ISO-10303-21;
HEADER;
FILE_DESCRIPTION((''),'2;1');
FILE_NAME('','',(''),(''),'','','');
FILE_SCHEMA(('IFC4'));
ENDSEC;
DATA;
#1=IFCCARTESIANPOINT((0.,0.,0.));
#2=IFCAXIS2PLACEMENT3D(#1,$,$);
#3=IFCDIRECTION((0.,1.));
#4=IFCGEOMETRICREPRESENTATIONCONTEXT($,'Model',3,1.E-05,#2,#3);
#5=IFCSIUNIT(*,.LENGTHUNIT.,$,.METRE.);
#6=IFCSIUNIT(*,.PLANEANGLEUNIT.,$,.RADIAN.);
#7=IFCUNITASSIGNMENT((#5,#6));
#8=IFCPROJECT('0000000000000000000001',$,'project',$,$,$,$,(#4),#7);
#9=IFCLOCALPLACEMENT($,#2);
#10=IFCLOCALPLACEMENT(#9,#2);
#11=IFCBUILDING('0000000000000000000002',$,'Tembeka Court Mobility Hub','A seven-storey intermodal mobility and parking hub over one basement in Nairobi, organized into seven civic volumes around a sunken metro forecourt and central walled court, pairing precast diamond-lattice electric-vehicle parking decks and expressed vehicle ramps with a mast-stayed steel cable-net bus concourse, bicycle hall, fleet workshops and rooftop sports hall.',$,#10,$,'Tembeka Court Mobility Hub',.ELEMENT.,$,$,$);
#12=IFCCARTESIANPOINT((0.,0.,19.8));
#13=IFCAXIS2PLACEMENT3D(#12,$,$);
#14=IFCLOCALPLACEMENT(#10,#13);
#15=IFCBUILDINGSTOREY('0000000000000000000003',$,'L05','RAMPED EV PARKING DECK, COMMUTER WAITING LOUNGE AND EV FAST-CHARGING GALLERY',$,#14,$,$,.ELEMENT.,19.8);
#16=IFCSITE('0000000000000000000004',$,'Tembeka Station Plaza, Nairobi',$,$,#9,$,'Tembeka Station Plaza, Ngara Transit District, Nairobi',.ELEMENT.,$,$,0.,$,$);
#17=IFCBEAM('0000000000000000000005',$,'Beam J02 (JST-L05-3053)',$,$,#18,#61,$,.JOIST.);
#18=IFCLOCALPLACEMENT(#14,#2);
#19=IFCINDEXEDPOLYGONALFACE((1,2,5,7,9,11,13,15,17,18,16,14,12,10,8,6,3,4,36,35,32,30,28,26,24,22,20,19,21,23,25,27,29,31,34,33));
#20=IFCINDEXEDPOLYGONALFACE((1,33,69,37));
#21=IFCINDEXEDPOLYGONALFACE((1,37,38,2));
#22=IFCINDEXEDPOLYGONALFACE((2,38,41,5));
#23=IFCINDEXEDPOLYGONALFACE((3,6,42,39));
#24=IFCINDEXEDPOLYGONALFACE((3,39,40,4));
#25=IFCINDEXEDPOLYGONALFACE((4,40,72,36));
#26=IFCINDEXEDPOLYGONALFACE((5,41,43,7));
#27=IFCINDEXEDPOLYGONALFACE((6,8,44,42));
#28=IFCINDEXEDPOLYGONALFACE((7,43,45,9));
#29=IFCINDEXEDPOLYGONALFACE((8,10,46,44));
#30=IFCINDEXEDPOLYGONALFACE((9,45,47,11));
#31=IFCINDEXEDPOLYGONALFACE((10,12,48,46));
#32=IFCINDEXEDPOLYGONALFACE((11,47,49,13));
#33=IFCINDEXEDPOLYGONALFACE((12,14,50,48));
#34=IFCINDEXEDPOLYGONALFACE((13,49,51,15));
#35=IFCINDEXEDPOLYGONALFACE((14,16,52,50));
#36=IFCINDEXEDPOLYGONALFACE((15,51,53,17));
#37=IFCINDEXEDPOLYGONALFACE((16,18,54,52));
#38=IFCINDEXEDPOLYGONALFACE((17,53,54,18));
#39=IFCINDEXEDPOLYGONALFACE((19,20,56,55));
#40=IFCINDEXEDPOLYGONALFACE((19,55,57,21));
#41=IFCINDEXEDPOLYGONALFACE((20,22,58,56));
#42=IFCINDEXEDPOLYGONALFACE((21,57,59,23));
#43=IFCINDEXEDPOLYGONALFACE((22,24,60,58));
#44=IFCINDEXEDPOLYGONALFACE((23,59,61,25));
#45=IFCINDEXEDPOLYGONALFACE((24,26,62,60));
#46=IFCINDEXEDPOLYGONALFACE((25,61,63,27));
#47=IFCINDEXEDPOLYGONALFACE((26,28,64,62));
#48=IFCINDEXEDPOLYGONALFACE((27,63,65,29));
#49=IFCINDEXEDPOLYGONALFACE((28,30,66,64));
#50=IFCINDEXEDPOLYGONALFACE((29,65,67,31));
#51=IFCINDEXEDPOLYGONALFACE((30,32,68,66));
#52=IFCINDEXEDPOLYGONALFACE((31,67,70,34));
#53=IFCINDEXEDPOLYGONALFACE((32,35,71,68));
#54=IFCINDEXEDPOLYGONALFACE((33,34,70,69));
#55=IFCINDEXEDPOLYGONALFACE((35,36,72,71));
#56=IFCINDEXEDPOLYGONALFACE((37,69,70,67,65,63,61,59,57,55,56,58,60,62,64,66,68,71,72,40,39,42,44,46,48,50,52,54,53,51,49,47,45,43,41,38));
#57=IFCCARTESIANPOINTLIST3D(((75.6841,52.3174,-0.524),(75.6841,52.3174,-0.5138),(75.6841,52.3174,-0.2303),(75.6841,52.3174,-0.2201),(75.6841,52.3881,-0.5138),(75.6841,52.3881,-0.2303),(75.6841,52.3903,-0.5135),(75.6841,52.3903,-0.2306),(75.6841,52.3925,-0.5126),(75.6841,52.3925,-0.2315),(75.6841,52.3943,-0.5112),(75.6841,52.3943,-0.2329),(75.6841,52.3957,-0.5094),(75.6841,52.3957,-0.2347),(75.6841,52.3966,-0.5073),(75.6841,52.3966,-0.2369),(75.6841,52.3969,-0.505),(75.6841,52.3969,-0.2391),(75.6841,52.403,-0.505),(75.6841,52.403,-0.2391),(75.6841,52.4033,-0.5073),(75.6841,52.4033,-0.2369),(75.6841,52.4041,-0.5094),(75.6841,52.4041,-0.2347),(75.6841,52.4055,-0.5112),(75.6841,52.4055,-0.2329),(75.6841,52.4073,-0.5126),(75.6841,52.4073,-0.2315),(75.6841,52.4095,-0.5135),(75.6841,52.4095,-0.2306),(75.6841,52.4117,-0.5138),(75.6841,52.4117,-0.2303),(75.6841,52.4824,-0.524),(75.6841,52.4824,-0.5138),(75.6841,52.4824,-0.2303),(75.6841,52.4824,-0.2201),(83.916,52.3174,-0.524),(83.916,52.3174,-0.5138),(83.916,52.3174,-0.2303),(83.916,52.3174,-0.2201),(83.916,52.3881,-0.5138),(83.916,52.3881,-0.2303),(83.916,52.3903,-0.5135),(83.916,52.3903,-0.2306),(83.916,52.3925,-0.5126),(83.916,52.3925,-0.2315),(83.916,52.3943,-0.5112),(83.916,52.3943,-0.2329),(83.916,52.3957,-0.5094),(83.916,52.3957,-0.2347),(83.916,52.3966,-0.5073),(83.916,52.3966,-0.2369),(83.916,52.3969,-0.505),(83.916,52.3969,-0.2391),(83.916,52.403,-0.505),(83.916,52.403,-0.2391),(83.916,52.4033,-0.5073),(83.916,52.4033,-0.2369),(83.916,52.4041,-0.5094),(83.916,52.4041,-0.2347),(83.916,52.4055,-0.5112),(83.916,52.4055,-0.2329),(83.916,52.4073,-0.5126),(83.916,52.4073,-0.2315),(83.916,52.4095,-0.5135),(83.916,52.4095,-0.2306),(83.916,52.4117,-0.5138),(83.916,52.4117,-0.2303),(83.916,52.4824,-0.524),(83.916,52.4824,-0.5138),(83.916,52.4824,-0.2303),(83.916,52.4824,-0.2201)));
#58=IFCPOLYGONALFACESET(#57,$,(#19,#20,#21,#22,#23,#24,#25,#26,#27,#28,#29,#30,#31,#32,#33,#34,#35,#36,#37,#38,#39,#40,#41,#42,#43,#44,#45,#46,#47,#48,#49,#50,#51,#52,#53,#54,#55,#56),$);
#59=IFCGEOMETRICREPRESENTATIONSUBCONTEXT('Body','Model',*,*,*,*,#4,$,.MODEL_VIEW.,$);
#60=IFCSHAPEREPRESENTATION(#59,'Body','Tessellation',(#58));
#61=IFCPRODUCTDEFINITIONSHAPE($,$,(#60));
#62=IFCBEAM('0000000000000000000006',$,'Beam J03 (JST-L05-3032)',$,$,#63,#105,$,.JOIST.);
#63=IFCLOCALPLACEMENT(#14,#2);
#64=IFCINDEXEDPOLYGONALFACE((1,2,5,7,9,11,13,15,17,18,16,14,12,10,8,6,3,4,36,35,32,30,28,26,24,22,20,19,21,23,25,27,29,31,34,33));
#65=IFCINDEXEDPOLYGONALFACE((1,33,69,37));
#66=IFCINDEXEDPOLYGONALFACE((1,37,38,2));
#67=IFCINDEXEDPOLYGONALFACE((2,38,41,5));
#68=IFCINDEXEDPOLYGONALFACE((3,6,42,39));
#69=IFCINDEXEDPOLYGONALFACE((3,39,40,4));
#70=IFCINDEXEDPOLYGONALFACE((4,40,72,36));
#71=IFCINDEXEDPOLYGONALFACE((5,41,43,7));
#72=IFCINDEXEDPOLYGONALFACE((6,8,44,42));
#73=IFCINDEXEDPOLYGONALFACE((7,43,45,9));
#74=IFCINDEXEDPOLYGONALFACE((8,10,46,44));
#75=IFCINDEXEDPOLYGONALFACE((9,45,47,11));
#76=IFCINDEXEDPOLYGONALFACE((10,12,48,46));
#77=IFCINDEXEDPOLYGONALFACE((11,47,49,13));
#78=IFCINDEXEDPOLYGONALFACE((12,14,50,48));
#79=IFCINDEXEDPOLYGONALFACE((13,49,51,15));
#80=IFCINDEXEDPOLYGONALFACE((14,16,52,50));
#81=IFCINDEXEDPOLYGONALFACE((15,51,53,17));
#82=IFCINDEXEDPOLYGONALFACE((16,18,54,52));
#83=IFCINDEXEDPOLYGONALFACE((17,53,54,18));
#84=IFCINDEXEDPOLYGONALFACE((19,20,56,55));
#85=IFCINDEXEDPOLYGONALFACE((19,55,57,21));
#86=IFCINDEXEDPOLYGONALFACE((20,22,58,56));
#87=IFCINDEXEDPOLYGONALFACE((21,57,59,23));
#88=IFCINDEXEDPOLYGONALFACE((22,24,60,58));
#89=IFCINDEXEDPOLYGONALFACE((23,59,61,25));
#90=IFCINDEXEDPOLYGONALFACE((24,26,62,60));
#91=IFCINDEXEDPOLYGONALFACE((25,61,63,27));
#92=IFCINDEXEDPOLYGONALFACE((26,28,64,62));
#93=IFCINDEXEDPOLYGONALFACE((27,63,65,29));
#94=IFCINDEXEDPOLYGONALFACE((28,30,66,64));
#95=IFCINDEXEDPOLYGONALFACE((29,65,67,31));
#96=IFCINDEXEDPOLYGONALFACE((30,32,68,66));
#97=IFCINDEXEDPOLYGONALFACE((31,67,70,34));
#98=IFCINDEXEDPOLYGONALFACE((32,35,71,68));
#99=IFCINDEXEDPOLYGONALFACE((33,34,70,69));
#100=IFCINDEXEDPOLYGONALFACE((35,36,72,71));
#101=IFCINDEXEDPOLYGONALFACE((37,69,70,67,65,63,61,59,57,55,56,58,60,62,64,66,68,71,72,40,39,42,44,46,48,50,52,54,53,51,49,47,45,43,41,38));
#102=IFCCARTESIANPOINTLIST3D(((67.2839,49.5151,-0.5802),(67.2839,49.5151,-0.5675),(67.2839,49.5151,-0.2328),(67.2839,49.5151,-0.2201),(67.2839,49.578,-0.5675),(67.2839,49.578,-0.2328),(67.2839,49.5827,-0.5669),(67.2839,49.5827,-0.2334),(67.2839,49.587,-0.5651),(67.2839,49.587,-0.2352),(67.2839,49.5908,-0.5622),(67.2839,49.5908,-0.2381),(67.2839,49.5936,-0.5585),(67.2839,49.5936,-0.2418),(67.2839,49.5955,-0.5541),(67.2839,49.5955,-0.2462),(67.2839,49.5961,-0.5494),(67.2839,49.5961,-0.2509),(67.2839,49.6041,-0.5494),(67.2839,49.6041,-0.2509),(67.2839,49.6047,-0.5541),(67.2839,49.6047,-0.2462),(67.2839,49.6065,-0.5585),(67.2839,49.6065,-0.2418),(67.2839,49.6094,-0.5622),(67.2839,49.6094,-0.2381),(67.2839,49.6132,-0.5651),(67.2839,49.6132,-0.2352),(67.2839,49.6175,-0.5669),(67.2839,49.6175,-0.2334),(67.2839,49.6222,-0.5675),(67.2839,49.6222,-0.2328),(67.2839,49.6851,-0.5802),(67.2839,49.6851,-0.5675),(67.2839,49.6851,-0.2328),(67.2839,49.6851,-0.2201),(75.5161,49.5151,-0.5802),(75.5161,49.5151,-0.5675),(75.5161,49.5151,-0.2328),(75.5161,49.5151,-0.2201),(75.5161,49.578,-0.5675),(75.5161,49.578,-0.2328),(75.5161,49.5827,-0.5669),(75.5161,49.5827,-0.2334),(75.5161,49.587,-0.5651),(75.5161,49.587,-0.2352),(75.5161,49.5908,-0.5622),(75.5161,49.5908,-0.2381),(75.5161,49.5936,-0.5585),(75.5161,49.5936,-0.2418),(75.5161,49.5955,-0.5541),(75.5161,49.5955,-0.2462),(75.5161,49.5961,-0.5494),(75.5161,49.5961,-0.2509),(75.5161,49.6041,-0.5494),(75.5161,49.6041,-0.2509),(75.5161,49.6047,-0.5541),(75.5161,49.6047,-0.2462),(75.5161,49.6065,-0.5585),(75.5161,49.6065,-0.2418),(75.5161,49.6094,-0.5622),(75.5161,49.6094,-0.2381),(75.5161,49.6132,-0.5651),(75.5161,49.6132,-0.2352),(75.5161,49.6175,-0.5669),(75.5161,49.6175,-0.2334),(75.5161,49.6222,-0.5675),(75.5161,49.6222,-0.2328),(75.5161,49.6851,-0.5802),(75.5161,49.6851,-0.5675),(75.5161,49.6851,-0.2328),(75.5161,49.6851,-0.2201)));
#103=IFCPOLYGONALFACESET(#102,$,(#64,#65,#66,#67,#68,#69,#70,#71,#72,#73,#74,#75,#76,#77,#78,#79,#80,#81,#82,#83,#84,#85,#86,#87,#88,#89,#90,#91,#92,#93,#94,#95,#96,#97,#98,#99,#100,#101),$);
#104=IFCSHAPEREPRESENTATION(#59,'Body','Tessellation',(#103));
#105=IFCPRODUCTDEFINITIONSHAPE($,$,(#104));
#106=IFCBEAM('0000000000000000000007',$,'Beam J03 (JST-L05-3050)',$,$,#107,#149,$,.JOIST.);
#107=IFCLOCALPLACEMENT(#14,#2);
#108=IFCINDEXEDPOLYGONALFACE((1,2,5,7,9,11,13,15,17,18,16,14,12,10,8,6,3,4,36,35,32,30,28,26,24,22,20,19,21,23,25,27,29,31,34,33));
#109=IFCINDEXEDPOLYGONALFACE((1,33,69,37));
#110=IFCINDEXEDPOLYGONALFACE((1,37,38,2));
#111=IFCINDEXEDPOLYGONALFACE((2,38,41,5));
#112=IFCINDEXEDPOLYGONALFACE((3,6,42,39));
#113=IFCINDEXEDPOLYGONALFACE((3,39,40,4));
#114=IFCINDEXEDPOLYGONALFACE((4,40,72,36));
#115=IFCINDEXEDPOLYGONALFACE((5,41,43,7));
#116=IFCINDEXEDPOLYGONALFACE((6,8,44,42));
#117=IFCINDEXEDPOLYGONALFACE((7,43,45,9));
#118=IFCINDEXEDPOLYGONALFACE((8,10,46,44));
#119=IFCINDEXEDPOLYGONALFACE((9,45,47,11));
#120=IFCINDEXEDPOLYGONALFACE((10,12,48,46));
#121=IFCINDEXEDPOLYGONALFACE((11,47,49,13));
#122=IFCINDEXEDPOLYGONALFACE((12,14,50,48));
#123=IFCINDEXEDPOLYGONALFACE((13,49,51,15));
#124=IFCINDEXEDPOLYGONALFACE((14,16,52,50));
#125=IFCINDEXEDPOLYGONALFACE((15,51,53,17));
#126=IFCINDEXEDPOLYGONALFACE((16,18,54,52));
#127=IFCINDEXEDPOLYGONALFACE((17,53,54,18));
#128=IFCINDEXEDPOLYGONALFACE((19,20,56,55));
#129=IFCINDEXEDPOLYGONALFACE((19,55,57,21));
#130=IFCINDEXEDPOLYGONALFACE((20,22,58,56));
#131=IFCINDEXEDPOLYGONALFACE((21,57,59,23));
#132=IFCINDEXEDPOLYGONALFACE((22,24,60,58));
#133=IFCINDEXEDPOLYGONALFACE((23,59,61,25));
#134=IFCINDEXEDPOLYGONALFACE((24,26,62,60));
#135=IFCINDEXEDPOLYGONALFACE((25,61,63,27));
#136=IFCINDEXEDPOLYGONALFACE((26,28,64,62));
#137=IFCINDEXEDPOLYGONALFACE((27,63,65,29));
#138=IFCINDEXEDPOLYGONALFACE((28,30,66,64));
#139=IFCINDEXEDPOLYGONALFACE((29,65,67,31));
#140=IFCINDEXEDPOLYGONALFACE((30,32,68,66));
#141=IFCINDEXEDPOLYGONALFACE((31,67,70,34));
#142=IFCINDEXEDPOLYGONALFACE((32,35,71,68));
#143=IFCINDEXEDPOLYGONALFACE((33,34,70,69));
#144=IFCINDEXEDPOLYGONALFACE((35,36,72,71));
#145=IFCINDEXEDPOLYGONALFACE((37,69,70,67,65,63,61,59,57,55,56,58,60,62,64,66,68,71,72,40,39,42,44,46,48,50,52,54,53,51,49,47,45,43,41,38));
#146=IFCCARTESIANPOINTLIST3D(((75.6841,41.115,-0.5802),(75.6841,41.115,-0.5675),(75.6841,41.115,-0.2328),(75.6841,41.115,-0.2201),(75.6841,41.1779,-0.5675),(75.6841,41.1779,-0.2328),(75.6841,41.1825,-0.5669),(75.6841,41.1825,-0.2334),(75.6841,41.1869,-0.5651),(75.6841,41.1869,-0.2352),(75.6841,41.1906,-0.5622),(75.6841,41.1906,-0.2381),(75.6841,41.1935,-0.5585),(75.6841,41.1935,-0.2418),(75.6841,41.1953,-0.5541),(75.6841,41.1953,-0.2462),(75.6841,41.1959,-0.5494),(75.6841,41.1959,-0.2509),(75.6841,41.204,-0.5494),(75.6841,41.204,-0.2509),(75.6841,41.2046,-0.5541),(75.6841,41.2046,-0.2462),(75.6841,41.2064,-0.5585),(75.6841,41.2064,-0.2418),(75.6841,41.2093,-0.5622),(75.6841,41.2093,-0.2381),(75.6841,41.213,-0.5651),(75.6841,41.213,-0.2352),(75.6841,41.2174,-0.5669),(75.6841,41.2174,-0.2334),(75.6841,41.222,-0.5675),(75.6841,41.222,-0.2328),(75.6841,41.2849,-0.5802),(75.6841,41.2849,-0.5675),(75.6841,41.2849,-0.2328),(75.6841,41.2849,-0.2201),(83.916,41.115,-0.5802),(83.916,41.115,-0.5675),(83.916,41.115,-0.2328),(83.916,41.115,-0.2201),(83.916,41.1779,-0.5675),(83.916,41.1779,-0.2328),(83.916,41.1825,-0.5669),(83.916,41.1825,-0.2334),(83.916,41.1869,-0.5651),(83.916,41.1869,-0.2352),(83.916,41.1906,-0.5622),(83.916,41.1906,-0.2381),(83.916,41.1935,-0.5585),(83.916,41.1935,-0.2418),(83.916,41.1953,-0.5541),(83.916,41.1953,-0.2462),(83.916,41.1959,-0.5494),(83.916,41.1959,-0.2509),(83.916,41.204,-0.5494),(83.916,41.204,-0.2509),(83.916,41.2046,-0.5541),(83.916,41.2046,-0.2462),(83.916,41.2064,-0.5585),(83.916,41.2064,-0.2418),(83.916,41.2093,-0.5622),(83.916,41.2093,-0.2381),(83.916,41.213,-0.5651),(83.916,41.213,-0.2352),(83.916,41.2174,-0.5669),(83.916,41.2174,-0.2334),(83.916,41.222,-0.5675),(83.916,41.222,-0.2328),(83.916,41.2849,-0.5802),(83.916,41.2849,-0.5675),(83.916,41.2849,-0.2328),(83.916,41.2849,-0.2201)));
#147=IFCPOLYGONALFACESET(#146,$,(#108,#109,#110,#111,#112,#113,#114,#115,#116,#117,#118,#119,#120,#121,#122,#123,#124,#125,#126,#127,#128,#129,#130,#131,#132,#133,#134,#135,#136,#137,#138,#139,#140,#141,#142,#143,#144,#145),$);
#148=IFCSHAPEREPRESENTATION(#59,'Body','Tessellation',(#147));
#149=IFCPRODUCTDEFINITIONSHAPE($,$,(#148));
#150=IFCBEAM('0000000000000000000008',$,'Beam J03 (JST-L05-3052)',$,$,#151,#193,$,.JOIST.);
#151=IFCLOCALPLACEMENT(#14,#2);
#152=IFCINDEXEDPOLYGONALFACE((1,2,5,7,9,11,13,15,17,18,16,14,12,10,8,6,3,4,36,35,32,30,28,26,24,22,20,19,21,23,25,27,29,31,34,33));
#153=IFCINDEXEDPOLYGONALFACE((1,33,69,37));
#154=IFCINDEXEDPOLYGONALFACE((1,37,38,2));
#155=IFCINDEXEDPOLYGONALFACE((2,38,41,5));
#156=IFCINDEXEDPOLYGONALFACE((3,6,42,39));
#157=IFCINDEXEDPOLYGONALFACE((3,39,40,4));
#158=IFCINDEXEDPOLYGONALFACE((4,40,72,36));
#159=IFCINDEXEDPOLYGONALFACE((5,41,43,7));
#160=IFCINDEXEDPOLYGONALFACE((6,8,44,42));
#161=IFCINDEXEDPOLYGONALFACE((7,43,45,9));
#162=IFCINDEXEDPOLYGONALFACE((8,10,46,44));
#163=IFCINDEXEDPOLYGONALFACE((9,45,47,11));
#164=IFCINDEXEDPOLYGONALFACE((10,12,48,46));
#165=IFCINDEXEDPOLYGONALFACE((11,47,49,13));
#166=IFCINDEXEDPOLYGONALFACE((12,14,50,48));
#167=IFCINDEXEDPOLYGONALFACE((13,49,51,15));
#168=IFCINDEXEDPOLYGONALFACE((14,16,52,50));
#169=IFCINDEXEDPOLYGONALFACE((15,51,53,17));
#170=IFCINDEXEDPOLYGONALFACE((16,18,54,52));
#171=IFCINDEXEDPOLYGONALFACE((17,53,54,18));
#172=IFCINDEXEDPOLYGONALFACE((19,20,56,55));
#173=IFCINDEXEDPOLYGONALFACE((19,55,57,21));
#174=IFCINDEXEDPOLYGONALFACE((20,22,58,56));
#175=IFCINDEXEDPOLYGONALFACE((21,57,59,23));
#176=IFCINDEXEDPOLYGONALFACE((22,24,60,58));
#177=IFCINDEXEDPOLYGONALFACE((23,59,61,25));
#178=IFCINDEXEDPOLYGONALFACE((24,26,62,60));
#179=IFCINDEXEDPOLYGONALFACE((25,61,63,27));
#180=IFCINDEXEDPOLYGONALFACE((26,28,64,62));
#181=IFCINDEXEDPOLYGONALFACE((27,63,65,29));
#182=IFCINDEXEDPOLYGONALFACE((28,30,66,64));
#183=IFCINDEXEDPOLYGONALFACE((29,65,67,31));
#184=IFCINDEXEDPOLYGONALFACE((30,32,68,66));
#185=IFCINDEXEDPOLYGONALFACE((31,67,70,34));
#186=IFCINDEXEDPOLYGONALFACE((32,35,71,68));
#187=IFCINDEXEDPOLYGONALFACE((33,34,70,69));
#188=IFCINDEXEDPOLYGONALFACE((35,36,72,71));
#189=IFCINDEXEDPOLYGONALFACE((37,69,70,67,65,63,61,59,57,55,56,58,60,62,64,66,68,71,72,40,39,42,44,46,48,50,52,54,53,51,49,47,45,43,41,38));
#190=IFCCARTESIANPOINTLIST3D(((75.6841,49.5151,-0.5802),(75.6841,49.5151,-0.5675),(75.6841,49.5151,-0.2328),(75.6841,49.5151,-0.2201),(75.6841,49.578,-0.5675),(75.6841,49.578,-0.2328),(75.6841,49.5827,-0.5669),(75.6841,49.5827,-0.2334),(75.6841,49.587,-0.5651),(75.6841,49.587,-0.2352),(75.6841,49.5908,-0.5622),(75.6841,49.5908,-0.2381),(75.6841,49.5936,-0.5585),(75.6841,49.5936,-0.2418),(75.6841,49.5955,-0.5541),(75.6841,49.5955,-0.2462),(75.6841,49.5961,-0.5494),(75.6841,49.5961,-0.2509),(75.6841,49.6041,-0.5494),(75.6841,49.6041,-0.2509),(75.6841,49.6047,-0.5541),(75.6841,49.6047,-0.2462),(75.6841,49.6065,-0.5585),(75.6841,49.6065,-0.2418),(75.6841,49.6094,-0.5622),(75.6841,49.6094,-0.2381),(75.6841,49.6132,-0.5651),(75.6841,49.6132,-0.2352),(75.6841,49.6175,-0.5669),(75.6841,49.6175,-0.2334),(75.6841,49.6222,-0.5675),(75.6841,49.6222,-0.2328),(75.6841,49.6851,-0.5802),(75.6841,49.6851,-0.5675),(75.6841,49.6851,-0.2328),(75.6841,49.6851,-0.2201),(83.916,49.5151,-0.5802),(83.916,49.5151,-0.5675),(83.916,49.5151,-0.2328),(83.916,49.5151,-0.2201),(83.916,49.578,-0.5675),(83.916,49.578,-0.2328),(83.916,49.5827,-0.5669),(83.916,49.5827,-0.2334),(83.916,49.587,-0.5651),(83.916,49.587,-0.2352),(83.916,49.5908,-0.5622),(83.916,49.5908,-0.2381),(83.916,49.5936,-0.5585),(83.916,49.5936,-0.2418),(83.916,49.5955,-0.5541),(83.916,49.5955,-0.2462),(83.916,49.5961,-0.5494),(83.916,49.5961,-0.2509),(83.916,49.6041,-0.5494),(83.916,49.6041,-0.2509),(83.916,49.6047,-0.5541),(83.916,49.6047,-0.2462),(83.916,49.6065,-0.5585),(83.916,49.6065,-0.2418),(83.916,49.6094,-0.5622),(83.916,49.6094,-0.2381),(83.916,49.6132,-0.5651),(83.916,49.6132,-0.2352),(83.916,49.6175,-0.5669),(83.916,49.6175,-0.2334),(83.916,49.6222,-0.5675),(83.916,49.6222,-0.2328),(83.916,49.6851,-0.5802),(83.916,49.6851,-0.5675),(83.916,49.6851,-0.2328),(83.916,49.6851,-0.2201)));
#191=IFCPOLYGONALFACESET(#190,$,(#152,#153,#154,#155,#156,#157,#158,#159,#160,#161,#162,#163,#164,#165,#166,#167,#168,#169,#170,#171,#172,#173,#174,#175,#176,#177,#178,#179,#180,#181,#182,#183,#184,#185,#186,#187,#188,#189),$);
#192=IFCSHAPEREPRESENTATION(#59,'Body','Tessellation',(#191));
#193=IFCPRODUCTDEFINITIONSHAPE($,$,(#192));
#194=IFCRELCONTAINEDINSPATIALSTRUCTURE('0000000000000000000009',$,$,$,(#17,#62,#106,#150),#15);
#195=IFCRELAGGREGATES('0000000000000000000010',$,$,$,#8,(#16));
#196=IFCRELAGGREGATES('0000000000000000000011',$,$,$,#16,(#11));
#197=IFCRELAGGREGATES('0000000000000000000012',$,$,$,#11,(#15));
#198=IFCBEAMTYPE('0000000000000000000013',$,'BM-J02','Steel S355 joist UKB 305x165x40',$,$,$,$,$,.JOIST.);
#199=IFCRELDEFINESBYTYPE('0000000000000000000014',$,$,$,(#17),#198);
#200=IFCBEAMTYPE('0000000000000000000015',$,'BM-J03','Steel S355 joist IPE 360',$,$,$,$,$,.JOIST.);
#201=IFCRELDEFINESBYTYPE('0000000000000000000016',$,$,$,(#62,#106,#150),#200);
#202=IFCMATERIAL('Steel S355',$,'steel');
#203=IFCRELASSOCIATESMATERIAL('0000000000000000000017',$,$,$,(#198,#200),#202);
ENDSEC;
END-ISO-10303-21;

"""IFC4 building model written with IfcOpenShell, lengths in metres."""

from ifc_helpers import new_model, si_unit, direction, frame, origin, origin_2d, place, context, subcontext, project, spatial, i_section, extrude, material, material_profile, profile_set, type_object, element, save


model = new_model("IFC4")

# Units and contexts
model_context = context("Model", 3, precision=1e-05, world=origin(), true_north=direction((0.0, 1.0)))
body_context = subcontext(model_context, "Body", "Model", "MODEL_VIEW")
ifc_project = project(units=[si_unit("LENGTHUNIT", "METRE"), si_unit("PLANEANGLEUNIT", "RADIAN")], contexts=[model_context])

# Site, building, storey
site_placement = place(None, origin())
site = spatial("IfcSite", under=ifc_project, at=site_placement, Name="Tembeka Station Plaza, Nairobi", LongName="Tembeka Station Plaza, Ngara Transit District, Nairobi", CompositionType="ELEMENT", RefElevation=0.0)
building_placement = place(site_placement, origin())
building = spatial("IfcBuilding", under=site, at=building_placement, Name="Tembeka Court Mobility Hub", Description="A seven-storey intermodal mobility and parking hub over one basement in Nairobi, organized into seven civic volumes around a sunken metro forecourt and central walled court, pairing precast diamond-lattice electric-vehicle parking decks and expressed vehicle ramps with a mast-stayed steel cable-net bus concourse, bicycle hall, fleet workshops and rooftop sports hall.", LongName="Tembeka Court Mobility Hub", CompositionType="ELEMENT")
storey_placement = place(building_placement, frame((0.0, 0.0, 19.8)))
storey = spatial("IfcBuildingStorey", under=building, at=storey_placement, Name="L05", Description="RAMPED EV PARKING DECK, COMMUTER WAITING LOUNGE AND EV FAST-CHARGING GALLERY", CompositionType="ELEMENT", Elevation=19.8)

# Shared definitions
ifc_material_1 = material(Name="Steel S355", Category="steel")

# Beams
ifc_material_profile_1 = material_profile(ifc_material_1, i_section(OverallWidth=0.165, OverallDepth=0.304, WebThickness=0.0061, FlangeThickness=0.0103, FilletRadius=0.0088, at=origin_2d()), Name="UKB 305x165x40")
ifc_profile_set_1 = profile_set([ifc_material_profile_1], Name="Steel S355")
beam_type_1 = type_object("IfcBeamType", Name="BM-J02", Description="Steel S355 joist UKB 305x165x40", PredefinedType="JOIST", material=ifc_profile_set_1)
for number, where, z_axis, x_axis, name in (
    (1, (75.6841, 52.3999, -0.3721), (1.0, 0.0, 0.0), (0.0, 1.0, 0.0), "Beam J02 (JST-L05-3053)"),
):
    element("IfcBeam", number, at=place(storey_placement, frame(where, z_axis=z_axis, x_axis=x_axis)), inside=storey, type_object=beam_type_1, Name=name, PredefinedType="JOIST", context=body_context, shape_type="SweptSolid", body=[
        extrude(i_section(OverallWidth=0.165, OverallDepth=0.304, WebThickness=0.0061, FlangeThickness=0.0103, FilletRadius=0.0088, at=origin_2d()), origin(), (0.0, 0.0, 1.0), 8.2319),
    ])
ifc_material_profile_2 = material_profile(ifc_material_1, i_section(OverallWidth=0.1699, OverallDepth=0.3601, WebThickness=0.0081, FlangeThickness=0.0127, FilletRadius=0.0181, at=origin_2d()), Name="IPE 360")
ifc_profile_set_2 = profile_set([ifc_material_profile_2], Name="Steel S355")
beam_type_2 = type_object("IfcBeamType", Name="BM-J03", Description="Steel S355 joist IPE 360", PredefinedType="JOIST", material=ifc_profile_set_2)
beam_1_placement = place(storey_placement, frame((67.2839, 49.6001, -0.4001), z_axis=(1.0, 0.0, 0.0), x_axis=(0.0, 1.0, 0.0)))
element("IfcBeam", 2, at=beam_1_placement, inside=storey, type_object=beam_type_2, Name="Beam J03 (JST-L05-3032)", PredefinedType="JOIST", context=body_context, shape_type="SweptSolid", body=[
    extrude(i_section(OverallWidth=0.1699, OverallDepth=0.3601, WebThickness=0.0081, FlangeThickness=0.0127, FilletRadius=0.0181, at=origin_2d()), origin(), (0.0, 0.0, 1.0), 8.2322),
])
for number, where, z_axis, x_axis, name in (
    (3, (75.6841, 41.2, -0.4001), (1.0, 0.0, 0.0), (0.0, 1.0, 0.0), "Beam J03 (JST-L05-3050)"),
    (4, (75.6841, 49.6001, -0.4001), (1.0, 0.0, 0.0), (0.0, 1.0, 0.0), "Beam J03 (JST-L05-3052)"),
):
    element("IfcBeam", number, at=place(storey_placement, frame(where, z_axis=z_axis, x_axis=x_axis)), inside=storey, type_object=beam_type_2, Name=name, PredefinedType="JOIST", context=body_context, shape_type="SweptSolid", body=[
        extrude(i_section(OverallWidth=0.1699, OverallDepth=0.3601, WebThickness=0.0081, FlangeThickness=0.0127, FilletRadius=0.0181, at=origin_2d()), origin(), (0.0, 0.0, 1.0), 8.2319),
    ])

save(model, "model.ifc")
